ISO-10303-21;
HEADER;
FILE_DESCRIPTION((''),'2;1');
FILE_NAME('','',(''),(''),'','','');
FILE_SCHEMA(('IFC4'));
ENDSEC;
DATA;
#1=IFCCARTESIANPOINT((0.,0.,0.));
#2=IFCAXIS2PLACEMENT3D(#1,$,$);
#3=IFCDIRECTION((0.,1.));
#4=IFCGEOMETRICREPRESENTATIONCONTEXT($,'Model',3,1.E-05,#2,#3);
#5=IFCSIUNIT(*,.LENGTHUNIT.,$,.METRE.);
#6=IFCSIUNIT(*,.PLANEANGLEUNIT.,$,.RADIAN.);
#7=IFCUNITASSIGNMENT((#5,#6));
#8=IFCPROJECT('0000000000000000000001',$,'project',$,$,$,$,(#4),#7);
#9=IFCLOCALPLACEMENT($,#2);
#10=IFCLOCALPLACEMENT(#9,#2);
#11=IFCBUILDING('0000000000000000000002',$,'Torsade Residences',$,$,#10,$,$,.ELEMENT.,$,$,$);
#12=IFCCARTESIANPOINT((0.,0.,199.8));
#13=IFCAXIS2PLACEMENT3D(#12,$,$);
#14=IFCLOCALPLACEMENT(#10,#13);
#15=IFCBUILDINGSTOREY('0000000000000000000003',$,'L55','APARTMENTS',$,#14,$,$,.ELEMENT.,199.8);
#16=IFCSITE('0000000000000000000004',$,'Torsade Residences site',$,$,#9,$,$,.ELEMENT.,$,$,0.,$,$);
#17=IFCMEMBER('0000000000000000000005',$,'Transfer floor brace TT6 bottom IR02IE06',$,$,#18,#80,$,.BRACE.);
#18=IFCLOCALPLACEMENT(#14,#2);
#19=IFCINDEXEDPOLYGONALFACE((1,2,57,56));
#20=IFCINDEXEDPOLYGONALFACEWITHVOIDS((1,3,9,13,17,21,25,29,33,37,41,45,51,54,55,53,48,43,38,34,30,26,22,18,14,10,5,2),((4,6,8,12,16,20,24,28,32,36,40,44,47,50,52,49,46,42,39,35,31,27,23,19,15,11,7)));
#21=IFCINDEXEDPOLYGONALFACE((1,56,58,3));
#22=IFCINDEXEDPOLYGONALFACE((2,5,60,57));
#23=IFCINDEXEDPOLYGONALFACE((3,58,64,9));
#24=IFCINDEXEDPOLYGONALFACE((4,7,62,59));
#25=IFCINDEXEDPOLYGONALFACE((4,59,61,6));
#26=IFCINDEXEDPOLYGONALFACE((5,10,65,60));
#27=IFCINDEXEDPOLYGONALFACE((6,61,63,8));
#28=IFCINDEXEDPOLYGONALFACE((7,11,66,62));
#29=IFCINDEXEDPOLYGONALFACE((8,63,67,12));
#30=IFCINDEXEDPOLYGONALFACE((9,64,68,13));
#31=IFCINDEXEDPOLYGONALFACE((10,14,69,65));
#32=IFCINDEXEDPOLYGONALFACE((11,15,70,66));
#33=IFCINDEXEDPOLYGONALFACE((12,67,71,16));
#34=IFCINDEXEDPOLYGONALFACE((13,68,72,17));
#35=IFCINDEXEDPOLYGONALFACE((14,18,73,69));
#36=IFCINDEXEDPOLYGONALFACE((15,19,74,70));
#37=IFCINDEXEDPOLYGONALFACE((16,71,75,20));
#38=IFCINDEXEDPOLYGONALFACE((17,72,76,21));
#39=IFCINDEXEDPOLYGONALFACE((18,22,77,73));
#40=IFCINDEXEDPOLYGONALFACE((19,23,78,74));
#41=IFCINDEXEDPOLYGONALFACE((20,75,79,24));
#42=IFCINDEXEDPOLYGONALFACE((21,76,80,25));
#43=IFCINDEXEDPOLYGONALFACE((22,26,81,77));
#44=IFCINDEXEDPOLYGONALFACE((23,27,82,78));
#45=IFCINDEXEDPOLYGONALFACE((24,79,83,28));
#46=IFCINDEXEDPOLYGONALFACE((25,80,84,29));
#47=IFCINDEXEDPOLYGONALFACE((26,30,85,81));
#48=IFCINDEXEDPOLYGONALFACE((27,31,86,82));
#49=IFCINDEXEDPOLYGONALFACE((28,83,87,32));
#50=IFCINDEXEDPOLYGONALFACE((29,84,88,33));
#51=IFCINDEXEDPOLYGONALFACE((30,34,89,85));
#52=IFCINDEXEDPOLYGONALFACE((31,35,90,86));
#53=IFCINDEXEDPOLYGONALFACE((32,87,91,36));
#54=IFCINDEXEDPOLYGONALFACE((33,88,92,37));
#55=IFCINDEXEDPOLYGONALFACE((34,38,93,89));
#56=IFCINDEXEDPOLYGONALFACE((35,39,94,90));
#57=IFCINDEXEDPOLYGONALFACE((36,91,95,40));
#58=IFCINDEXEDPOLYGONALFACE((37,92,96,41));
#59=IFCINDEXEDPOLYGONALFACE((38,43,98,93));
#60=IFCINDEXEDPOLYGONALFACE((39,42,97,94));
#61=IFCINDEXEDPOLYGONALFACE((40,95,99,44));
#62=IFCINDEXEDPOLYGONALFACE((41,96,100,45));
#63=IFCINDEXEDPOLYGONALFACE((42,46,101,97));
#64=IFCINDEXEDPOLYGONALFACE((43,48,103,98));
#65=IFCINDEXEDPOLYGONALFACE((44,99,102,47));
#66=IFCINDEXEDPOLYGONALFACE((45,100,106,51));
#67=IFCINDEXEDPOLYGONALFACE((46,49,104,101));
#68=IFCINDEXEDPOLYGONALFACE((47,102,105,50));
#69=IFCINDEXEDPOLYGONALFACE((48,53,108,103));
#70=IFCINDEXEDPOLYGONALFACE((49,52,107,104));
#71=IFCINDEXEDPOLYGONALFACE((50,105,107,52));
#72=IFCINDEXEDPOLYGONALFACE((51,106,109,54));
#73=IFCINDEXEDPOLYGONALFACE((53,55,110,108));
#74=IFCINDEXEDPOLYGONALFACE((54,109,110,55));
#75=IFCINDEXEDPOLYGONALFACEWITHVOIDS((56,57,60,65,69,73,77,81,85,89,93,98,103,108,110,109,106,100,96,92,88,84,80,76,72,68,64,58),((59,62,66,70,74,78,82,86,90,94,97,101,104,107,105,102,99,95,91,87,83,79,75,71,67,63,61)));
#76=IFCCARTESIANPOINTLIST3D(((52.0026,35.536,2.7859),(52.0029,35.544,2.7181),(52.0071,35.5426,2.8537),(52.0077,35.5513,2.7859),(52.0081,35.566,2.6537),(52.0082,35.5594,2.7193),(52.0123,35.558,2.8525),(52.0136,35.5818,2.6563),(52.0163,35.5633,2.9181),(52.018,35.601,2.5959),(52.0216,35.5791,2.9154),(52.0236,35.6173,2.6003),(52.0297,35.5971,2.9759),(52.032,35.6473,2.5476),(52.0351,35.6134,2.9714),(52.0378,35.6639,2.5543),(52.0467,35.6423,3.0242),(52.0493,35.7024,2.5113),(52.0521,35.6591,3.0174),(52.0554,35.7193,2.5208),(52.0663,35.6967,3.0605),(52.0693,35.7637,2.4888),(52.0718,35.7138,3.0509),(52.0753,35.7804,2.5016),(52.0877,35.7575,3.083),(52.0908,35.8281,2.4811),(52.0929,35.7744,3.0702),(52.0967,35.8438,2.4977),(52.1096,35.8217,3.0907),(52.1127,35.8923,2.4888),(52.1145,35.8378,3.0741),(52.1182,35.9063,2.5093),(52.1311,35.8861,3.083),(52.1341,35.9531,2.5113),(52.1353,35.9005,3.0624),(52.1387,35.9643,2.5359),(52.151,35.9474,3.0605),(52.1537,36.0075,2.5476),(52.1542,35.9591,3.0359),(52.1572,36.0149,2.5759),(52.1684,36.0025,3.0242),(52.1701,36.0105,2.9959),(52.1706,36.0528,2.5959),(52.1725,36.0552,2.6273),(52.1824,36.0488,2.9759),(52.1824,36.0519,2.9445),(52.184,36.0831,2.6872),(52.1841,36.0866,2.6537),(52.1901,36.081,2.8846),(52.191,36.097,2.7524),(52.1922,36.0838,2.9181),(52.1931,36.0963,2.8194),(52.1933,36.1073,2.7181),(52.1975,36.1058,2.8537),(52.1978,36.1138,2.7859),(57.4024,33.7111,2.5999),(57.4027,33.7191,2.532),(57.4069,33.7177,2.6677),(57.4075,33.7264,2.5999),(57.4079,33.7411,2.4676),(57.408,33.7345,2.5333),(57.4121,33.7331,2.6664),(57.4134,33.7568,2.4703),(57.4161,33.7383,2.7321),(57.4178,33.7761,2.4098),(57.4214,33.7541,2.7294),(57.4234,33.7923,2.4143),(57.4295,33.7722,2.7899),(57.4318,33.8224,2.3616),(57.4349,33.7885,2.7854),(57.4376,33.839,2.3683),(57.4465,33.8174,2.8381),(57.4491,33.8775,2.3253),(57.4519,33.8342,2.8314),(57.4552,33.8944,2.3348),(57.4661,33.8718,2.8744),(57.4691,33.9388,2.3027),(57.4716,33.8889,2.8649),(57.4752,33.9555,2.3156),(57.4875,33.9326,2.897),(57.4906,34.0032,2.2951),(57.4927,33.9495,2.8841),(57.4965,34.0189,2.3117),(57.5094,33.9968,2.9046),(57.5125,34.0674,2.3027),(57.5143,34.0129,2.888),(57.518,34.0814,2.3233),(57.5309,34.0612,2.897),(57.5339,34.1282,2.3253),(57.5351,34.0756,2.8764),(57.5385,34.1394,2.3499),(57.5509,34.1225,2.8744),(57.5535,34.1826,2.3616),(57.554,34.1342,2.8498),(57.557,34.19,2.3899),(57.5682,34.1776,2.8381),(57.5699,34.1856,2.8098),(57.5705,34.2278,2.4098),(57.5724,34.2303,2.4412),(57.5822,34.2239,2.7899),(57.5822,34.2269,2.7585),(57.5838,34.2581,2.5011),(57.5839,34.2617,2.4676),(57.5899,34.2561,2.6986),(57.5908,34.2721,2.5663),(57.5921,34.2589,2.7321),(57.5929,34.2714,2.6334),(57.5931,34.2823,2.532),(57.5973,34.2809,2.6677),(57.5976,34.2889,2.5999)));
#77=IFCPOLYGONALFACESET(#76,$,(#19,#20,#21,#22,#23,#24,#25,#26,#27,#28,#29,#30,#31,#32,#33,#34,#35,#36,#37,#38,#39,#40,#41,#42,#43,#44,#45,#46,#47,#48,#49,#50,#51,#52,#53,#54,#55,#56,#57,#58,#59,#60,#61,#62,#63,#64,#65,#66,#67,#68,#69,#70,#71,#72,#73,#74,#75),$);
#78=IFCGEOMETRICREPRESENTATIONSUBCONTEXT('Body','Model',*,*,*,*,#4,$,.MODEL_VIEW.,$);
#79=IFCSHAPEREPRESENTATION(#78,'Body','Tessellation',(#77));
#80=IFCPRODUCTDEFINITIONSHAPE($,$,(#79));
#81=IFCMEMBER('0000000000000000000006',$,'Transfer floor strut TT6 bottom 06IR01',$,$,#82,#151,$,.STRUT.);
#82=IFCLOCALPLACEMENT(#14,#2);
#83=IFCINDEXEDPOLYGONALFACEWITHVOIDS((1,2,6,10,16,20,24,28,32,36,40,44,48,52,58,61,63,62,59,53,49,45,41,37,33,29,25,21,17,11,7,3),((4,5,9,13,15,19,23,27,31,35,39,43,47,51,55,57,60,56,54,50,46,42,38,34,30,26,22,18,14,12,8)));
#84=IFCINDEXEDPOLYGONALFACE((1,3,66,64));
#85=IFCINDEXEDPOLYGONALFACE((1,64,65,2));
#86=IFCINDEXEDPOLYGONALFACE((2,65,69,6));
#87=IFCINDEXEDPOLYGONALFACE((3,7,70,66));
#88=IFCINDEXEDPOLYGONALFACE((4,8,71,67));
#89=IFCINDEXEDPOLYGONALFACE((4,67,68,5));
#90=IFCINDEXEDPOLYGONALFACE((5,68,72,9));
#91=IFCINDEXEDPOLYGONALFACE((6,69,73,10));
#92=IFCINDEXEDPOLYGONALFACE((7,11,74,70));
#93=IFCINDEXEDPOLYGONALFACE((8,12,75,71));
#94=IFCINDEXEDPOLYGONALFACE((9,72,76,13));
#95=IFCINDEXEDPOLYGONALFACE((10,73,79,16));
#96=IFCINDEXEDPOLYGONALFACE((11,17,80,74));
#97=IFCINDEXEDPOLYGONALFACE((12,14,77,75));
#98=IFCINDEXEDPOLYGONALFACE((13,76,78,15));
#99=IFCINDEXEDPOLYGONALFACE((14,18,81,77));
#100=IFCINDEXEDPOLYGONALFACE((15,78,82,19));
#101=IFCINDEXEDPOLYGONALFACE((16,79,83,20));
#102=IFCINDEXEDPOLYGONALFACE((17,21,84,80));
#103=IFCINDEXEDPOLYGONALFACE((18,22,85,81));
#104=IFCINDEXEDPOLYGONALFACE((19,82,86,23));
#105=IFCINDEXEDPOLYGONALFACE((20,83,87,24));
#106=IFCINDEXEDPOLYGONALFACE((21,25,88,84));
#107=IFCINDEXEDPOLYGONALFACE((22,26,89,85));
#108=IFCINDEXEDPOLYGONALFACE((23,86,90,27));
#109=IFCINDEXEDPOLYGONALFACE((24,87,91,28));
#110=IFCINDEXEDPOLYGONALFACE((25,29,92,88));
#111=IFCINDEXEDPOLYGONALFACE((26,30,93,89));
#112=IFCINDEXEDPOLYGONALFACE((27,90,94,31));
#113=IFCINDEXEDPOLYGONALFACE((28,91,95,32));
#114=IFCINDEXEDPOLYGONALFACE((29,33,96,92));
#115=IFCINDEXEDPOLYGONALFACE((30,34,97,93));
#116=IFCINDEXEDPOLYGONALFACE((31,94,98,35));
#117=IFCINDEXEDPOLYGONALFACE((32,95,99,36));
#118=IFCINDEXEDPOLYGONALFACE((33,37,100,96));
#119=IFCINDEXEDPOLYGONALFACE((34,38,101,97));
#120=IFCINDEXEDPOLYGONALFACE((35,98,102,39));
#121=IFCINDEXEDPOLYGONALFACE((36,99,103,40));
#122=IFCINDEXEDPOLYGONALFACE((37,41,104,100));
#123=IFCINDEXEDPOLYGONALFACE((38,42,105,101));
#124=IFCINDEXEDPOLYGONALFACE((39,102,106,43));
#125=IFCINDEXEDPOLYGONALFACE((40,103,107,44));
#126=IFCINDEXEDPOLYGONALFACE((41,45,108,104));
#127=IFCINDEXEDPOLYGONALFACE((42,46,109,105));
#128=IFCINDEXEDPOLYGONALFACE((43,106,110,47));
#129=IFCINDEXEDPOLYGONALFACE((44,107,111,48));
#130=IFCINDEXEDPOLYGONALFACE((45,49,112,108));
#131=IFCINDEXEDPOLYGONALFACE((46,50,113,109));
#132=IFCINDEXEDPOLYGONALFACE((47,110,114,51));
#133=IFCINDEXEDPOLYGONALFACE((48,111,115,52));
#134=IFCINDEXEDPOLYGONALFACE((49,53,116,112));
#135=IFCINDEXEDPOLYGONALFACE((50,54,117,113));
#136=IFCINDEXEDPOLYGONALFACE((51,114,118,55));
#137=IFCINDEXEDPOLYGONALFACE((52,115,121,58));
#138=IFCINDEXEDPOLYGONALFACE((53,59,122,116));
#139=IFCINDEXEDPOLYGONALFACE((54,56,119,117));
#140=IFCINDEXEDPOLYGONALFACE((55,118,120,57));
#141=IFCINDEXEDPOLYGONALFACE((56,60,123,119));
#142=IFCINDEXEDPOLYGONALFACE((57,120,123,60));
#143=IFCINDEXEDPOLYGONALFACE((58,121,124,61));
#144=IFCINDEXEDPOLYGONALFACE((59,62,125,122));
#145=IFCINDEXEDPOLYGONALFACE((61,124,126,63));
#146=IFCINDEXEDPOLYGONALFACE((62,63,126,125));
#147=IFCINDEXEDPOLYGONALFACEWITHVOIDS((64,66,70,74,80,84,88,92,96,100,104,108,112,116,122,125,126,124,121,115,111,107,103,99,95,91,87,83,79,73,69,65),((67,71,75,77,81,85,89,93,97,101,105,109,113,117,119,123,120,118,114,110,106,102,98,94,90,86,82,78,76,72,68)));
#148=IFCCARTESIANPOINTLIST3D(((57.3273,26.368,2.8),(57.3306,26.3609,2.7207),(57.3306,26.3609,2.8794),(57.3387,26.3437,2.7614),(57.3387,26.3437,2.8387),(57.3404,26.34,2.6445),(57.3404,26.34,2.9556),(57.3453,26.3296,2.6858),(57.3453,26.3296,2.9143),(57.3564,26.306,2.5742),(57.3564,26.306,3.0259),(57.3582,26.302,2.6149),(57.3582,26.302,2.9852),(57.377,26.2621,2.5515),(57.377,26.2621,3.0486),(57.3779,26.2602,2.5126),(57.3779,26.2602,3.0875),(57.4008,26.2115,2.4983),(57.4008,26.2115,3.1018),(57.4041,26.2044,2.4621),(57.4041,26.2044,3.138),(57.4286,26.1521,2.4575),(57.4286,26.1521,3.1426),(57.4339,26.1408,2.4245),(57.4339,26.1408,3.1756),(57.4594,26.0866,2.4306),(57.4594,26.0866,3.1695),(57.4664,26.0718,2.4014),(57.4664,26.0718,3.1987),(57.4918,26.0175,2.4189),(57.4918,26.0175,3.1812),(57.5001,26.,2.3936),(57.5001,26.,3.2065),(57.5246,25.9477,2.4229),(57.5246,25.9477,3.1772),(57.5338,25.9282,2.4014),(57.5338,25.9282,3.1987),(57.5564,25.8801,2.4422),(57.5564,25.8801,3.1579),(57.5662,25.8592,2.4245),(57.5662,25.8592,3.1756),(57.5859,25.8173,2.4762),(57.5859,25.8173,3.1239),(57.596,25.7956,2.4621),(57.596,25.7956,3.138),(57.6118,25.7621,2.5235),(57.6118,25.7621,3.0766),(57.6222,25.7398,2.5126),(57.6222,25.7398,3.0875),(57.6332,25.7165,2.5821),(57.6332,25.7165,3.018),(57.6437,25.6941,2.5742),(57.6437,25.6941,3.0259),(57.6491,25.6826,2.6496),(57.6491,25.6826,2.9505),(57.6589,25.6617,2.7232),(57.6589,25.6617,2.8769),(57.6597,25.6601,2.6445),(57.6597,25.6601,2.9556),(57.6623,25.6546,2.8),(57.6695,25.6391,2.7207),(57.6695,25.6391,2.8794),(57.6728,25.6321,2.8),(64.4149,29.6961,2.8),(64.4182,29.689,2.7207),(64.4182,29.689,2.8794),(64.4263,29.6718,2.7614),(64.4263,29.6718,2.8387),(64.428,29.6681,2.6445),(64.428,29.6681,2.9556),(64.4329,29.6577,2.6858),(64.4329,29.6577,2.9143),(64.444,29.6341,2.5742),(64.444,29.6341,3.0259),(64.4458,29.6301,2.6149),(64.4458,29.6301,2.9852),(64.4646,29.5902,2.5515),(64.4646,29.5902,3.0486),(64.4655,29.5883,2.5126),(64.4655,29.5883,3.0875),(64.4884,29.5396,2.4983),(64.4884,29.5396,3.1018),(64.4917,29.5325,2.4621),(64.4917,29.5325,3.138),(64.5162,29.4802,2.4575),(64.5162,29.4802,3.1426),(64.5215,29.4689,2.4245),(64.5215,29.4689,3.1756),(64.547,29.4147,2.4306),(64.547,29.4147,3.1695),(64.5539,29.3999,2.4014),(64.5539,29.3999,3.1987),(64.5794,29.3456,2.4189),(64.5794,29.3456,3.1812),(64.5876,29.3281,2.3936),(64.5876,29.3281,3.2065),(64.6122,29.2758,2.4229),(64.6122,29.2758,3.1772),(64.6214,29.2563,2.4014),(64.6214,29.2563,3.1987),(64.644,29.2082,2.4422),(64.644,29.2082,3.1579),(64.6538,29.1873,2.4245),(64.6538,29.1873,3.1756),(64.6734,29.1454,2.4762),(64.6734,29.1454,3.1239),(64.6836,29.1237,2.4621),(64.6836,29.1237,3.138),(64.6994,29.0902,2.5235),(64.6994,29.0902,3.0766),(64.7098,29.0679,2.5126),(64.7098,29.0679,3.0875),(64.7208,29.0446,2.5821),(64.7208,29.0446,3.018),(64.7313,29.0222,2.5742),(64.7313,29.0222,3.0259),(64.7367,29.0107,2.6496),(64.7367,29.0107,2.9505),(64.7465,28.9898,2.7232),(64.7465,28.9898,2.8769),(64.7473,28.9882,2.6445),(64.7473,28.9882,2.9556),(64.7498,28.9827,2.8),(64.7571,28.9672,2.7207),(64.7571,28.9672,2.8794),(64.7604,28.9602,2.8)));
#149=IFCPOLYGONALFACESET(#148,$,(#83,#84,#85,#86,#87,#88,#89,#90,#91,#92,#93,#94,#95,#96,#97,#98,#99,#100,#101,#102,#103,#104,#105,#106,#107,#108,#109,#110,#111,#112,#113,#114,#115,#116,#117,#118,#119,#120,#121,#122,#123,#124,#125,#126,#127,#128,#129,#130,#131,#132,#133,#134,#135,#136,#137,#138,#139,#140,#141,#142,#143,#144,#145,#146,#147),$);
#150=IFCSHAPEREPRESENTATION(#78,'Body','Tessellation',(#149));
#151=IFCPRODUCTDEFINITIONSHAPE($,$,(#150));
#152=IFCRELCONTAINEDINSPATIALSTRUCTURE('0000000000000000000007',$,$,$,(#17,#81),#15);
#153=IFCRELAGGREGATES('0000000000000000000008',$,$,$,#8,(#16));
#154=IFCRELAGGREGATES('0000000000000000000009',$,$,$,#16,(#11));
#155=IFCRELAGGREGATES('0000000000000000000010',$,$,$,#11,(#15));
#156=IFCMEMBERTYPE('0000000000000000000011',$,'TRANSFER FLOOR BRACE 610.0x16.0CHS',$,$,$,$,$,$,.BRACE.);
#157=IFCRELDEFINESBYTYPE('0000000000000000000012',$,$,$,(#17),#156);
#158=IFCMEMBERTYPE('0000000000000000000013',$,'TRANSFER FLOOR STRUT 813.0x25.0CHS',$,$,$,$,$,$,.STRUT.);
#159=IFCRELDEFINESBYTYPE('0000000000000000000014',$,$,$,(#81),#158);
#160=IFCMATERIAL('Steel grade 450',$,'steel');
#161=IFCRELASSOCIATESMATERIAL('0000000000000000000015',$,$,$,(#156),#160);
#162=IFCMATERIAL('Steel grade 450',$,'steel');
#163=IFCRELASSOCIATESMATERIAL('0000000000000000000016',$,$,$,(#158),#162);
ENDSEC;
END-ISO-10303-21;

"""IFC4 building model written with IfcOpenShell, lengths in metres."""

from ifc_helpers import new_model, si_unit, direction, frame, origin, origin_2d, place, context, subcontext, project, spatial, hollow_circle, extrude, material, material_profile, profile_set, type_object, element, save


model = new_model("IFC4")

# Units and contexts
model_context = context("Model", 3, precision=1e-05, world=origin(), true_north=direction((0.0, 1.0)))
body_context = subcontext(model_context, "Body", "Model", "MODEL_VIEW")
ifc_project = project(units=[si_unit("LENGTHUNIT", "METRE"), si_unit("PLANEANGLEUNIT", "RADIAN")], contexts=[model_context])

# Site, building, storey
site_placement = place(None, origin())
site = spatial("IfcSite", under=ifc_project, at=site_placement, Name="Torsade Residences site", CompositionType="ELEMENT", RefElevation=0.0)
building_placement = place(site_placement, origin())
building = spatial("IfcBuilding", under=site, at=building_placement, Name="Torsade Residences", CompositionType="ELEMENT")
storey_placement = place(building_placement, frame((0.0, 0.0, 199.8)))
storey = spatial("IfcBuildingStorey", under=building, at=storey_placement, Name="L55", Description="APARTMENTS", CompositionType="ELEMENT", Elevation=199.8)

# Members
ifc_material_1 = material(Name="Steel grade 450", Category="steel")
ifc_material_profile_1 = material_profile(ifc_material_1, hollow_circle(Radius=0.3049, WallThickness=0.0161, at=origin_2d()), Name="610.0x16.0CHS")
ifc_profile_set_1 = profile_set([ifc_material_profile_1], Name="Steel grade 450")
member_type_1 = type_object("IfcMemberType", Name="TRANSFER FLOOR BRACE 610.0x16.0CHS", PredefinedType="BRACE", material=ifc_profile_set_1)
member_1_placement = place(storey_placement, frame((57.5, 34.0, 2.5999), z_axis=(-0.946856, 0.319999, 0.032621), x_axis=(-0.32017, -0.94736, 0.0)))
element("IfcMember", 1, at=member_1_placement, inside=storey, type_object=member_type_1, Name="Transfer floor brace TT6 bottom IR02IE06", PredefinedType="BRACE", context=body_context, shape_type="SweptSolid", body=[
    extrude(hollow_circle(Radius=0.3049, WallThickness=0.0161, at=origin_2d()), origin(), (0.0, 0.0, 1.0), 5.7029),
])
ifc_material_2 = material(Name="Steel grade 450", Category="steel")
ifc_material_profile_2 = material_profile(ifc_material_2, hollow_circle(Radius=0.4065, WallThickness=0.0249, at=origin_2d()), Name="813.0x25.0CHS")
ifc_profile_set_2 = profile_set([ifc_material_profile_2], Name="Steel grade 450")
member_type_2 = type_object("IfcMemberType", Name="TRANSFER FLOOR STRUT 813.0x25.0CHS", PredefinedType="STRUT", material=ifc_profile_set_2)
member_2_placement = place(storey_placement, frame((64.5876, 29.3281, 2.8), z_axis=(-0.905175, -0.42504, 0.0), x_axis=(0.42504, -0.905175, 0.0)))
element("IfcMember", 2, at=member_2_placement, inside=storey, type_object=member_type_2, Name="Transfer floor strut TT6 bottom 06IR01", PredefinedType="STRUT", context=body_context, shape_type="SweptSolid", body=[
    extrude(hollow_circle(Radius=0.4065, WallThickness=0.0249, at=origin_2d()), origin(), (0.0, 0.0, 1.0), 7.8301),
])

save(model, "model.ifc")
